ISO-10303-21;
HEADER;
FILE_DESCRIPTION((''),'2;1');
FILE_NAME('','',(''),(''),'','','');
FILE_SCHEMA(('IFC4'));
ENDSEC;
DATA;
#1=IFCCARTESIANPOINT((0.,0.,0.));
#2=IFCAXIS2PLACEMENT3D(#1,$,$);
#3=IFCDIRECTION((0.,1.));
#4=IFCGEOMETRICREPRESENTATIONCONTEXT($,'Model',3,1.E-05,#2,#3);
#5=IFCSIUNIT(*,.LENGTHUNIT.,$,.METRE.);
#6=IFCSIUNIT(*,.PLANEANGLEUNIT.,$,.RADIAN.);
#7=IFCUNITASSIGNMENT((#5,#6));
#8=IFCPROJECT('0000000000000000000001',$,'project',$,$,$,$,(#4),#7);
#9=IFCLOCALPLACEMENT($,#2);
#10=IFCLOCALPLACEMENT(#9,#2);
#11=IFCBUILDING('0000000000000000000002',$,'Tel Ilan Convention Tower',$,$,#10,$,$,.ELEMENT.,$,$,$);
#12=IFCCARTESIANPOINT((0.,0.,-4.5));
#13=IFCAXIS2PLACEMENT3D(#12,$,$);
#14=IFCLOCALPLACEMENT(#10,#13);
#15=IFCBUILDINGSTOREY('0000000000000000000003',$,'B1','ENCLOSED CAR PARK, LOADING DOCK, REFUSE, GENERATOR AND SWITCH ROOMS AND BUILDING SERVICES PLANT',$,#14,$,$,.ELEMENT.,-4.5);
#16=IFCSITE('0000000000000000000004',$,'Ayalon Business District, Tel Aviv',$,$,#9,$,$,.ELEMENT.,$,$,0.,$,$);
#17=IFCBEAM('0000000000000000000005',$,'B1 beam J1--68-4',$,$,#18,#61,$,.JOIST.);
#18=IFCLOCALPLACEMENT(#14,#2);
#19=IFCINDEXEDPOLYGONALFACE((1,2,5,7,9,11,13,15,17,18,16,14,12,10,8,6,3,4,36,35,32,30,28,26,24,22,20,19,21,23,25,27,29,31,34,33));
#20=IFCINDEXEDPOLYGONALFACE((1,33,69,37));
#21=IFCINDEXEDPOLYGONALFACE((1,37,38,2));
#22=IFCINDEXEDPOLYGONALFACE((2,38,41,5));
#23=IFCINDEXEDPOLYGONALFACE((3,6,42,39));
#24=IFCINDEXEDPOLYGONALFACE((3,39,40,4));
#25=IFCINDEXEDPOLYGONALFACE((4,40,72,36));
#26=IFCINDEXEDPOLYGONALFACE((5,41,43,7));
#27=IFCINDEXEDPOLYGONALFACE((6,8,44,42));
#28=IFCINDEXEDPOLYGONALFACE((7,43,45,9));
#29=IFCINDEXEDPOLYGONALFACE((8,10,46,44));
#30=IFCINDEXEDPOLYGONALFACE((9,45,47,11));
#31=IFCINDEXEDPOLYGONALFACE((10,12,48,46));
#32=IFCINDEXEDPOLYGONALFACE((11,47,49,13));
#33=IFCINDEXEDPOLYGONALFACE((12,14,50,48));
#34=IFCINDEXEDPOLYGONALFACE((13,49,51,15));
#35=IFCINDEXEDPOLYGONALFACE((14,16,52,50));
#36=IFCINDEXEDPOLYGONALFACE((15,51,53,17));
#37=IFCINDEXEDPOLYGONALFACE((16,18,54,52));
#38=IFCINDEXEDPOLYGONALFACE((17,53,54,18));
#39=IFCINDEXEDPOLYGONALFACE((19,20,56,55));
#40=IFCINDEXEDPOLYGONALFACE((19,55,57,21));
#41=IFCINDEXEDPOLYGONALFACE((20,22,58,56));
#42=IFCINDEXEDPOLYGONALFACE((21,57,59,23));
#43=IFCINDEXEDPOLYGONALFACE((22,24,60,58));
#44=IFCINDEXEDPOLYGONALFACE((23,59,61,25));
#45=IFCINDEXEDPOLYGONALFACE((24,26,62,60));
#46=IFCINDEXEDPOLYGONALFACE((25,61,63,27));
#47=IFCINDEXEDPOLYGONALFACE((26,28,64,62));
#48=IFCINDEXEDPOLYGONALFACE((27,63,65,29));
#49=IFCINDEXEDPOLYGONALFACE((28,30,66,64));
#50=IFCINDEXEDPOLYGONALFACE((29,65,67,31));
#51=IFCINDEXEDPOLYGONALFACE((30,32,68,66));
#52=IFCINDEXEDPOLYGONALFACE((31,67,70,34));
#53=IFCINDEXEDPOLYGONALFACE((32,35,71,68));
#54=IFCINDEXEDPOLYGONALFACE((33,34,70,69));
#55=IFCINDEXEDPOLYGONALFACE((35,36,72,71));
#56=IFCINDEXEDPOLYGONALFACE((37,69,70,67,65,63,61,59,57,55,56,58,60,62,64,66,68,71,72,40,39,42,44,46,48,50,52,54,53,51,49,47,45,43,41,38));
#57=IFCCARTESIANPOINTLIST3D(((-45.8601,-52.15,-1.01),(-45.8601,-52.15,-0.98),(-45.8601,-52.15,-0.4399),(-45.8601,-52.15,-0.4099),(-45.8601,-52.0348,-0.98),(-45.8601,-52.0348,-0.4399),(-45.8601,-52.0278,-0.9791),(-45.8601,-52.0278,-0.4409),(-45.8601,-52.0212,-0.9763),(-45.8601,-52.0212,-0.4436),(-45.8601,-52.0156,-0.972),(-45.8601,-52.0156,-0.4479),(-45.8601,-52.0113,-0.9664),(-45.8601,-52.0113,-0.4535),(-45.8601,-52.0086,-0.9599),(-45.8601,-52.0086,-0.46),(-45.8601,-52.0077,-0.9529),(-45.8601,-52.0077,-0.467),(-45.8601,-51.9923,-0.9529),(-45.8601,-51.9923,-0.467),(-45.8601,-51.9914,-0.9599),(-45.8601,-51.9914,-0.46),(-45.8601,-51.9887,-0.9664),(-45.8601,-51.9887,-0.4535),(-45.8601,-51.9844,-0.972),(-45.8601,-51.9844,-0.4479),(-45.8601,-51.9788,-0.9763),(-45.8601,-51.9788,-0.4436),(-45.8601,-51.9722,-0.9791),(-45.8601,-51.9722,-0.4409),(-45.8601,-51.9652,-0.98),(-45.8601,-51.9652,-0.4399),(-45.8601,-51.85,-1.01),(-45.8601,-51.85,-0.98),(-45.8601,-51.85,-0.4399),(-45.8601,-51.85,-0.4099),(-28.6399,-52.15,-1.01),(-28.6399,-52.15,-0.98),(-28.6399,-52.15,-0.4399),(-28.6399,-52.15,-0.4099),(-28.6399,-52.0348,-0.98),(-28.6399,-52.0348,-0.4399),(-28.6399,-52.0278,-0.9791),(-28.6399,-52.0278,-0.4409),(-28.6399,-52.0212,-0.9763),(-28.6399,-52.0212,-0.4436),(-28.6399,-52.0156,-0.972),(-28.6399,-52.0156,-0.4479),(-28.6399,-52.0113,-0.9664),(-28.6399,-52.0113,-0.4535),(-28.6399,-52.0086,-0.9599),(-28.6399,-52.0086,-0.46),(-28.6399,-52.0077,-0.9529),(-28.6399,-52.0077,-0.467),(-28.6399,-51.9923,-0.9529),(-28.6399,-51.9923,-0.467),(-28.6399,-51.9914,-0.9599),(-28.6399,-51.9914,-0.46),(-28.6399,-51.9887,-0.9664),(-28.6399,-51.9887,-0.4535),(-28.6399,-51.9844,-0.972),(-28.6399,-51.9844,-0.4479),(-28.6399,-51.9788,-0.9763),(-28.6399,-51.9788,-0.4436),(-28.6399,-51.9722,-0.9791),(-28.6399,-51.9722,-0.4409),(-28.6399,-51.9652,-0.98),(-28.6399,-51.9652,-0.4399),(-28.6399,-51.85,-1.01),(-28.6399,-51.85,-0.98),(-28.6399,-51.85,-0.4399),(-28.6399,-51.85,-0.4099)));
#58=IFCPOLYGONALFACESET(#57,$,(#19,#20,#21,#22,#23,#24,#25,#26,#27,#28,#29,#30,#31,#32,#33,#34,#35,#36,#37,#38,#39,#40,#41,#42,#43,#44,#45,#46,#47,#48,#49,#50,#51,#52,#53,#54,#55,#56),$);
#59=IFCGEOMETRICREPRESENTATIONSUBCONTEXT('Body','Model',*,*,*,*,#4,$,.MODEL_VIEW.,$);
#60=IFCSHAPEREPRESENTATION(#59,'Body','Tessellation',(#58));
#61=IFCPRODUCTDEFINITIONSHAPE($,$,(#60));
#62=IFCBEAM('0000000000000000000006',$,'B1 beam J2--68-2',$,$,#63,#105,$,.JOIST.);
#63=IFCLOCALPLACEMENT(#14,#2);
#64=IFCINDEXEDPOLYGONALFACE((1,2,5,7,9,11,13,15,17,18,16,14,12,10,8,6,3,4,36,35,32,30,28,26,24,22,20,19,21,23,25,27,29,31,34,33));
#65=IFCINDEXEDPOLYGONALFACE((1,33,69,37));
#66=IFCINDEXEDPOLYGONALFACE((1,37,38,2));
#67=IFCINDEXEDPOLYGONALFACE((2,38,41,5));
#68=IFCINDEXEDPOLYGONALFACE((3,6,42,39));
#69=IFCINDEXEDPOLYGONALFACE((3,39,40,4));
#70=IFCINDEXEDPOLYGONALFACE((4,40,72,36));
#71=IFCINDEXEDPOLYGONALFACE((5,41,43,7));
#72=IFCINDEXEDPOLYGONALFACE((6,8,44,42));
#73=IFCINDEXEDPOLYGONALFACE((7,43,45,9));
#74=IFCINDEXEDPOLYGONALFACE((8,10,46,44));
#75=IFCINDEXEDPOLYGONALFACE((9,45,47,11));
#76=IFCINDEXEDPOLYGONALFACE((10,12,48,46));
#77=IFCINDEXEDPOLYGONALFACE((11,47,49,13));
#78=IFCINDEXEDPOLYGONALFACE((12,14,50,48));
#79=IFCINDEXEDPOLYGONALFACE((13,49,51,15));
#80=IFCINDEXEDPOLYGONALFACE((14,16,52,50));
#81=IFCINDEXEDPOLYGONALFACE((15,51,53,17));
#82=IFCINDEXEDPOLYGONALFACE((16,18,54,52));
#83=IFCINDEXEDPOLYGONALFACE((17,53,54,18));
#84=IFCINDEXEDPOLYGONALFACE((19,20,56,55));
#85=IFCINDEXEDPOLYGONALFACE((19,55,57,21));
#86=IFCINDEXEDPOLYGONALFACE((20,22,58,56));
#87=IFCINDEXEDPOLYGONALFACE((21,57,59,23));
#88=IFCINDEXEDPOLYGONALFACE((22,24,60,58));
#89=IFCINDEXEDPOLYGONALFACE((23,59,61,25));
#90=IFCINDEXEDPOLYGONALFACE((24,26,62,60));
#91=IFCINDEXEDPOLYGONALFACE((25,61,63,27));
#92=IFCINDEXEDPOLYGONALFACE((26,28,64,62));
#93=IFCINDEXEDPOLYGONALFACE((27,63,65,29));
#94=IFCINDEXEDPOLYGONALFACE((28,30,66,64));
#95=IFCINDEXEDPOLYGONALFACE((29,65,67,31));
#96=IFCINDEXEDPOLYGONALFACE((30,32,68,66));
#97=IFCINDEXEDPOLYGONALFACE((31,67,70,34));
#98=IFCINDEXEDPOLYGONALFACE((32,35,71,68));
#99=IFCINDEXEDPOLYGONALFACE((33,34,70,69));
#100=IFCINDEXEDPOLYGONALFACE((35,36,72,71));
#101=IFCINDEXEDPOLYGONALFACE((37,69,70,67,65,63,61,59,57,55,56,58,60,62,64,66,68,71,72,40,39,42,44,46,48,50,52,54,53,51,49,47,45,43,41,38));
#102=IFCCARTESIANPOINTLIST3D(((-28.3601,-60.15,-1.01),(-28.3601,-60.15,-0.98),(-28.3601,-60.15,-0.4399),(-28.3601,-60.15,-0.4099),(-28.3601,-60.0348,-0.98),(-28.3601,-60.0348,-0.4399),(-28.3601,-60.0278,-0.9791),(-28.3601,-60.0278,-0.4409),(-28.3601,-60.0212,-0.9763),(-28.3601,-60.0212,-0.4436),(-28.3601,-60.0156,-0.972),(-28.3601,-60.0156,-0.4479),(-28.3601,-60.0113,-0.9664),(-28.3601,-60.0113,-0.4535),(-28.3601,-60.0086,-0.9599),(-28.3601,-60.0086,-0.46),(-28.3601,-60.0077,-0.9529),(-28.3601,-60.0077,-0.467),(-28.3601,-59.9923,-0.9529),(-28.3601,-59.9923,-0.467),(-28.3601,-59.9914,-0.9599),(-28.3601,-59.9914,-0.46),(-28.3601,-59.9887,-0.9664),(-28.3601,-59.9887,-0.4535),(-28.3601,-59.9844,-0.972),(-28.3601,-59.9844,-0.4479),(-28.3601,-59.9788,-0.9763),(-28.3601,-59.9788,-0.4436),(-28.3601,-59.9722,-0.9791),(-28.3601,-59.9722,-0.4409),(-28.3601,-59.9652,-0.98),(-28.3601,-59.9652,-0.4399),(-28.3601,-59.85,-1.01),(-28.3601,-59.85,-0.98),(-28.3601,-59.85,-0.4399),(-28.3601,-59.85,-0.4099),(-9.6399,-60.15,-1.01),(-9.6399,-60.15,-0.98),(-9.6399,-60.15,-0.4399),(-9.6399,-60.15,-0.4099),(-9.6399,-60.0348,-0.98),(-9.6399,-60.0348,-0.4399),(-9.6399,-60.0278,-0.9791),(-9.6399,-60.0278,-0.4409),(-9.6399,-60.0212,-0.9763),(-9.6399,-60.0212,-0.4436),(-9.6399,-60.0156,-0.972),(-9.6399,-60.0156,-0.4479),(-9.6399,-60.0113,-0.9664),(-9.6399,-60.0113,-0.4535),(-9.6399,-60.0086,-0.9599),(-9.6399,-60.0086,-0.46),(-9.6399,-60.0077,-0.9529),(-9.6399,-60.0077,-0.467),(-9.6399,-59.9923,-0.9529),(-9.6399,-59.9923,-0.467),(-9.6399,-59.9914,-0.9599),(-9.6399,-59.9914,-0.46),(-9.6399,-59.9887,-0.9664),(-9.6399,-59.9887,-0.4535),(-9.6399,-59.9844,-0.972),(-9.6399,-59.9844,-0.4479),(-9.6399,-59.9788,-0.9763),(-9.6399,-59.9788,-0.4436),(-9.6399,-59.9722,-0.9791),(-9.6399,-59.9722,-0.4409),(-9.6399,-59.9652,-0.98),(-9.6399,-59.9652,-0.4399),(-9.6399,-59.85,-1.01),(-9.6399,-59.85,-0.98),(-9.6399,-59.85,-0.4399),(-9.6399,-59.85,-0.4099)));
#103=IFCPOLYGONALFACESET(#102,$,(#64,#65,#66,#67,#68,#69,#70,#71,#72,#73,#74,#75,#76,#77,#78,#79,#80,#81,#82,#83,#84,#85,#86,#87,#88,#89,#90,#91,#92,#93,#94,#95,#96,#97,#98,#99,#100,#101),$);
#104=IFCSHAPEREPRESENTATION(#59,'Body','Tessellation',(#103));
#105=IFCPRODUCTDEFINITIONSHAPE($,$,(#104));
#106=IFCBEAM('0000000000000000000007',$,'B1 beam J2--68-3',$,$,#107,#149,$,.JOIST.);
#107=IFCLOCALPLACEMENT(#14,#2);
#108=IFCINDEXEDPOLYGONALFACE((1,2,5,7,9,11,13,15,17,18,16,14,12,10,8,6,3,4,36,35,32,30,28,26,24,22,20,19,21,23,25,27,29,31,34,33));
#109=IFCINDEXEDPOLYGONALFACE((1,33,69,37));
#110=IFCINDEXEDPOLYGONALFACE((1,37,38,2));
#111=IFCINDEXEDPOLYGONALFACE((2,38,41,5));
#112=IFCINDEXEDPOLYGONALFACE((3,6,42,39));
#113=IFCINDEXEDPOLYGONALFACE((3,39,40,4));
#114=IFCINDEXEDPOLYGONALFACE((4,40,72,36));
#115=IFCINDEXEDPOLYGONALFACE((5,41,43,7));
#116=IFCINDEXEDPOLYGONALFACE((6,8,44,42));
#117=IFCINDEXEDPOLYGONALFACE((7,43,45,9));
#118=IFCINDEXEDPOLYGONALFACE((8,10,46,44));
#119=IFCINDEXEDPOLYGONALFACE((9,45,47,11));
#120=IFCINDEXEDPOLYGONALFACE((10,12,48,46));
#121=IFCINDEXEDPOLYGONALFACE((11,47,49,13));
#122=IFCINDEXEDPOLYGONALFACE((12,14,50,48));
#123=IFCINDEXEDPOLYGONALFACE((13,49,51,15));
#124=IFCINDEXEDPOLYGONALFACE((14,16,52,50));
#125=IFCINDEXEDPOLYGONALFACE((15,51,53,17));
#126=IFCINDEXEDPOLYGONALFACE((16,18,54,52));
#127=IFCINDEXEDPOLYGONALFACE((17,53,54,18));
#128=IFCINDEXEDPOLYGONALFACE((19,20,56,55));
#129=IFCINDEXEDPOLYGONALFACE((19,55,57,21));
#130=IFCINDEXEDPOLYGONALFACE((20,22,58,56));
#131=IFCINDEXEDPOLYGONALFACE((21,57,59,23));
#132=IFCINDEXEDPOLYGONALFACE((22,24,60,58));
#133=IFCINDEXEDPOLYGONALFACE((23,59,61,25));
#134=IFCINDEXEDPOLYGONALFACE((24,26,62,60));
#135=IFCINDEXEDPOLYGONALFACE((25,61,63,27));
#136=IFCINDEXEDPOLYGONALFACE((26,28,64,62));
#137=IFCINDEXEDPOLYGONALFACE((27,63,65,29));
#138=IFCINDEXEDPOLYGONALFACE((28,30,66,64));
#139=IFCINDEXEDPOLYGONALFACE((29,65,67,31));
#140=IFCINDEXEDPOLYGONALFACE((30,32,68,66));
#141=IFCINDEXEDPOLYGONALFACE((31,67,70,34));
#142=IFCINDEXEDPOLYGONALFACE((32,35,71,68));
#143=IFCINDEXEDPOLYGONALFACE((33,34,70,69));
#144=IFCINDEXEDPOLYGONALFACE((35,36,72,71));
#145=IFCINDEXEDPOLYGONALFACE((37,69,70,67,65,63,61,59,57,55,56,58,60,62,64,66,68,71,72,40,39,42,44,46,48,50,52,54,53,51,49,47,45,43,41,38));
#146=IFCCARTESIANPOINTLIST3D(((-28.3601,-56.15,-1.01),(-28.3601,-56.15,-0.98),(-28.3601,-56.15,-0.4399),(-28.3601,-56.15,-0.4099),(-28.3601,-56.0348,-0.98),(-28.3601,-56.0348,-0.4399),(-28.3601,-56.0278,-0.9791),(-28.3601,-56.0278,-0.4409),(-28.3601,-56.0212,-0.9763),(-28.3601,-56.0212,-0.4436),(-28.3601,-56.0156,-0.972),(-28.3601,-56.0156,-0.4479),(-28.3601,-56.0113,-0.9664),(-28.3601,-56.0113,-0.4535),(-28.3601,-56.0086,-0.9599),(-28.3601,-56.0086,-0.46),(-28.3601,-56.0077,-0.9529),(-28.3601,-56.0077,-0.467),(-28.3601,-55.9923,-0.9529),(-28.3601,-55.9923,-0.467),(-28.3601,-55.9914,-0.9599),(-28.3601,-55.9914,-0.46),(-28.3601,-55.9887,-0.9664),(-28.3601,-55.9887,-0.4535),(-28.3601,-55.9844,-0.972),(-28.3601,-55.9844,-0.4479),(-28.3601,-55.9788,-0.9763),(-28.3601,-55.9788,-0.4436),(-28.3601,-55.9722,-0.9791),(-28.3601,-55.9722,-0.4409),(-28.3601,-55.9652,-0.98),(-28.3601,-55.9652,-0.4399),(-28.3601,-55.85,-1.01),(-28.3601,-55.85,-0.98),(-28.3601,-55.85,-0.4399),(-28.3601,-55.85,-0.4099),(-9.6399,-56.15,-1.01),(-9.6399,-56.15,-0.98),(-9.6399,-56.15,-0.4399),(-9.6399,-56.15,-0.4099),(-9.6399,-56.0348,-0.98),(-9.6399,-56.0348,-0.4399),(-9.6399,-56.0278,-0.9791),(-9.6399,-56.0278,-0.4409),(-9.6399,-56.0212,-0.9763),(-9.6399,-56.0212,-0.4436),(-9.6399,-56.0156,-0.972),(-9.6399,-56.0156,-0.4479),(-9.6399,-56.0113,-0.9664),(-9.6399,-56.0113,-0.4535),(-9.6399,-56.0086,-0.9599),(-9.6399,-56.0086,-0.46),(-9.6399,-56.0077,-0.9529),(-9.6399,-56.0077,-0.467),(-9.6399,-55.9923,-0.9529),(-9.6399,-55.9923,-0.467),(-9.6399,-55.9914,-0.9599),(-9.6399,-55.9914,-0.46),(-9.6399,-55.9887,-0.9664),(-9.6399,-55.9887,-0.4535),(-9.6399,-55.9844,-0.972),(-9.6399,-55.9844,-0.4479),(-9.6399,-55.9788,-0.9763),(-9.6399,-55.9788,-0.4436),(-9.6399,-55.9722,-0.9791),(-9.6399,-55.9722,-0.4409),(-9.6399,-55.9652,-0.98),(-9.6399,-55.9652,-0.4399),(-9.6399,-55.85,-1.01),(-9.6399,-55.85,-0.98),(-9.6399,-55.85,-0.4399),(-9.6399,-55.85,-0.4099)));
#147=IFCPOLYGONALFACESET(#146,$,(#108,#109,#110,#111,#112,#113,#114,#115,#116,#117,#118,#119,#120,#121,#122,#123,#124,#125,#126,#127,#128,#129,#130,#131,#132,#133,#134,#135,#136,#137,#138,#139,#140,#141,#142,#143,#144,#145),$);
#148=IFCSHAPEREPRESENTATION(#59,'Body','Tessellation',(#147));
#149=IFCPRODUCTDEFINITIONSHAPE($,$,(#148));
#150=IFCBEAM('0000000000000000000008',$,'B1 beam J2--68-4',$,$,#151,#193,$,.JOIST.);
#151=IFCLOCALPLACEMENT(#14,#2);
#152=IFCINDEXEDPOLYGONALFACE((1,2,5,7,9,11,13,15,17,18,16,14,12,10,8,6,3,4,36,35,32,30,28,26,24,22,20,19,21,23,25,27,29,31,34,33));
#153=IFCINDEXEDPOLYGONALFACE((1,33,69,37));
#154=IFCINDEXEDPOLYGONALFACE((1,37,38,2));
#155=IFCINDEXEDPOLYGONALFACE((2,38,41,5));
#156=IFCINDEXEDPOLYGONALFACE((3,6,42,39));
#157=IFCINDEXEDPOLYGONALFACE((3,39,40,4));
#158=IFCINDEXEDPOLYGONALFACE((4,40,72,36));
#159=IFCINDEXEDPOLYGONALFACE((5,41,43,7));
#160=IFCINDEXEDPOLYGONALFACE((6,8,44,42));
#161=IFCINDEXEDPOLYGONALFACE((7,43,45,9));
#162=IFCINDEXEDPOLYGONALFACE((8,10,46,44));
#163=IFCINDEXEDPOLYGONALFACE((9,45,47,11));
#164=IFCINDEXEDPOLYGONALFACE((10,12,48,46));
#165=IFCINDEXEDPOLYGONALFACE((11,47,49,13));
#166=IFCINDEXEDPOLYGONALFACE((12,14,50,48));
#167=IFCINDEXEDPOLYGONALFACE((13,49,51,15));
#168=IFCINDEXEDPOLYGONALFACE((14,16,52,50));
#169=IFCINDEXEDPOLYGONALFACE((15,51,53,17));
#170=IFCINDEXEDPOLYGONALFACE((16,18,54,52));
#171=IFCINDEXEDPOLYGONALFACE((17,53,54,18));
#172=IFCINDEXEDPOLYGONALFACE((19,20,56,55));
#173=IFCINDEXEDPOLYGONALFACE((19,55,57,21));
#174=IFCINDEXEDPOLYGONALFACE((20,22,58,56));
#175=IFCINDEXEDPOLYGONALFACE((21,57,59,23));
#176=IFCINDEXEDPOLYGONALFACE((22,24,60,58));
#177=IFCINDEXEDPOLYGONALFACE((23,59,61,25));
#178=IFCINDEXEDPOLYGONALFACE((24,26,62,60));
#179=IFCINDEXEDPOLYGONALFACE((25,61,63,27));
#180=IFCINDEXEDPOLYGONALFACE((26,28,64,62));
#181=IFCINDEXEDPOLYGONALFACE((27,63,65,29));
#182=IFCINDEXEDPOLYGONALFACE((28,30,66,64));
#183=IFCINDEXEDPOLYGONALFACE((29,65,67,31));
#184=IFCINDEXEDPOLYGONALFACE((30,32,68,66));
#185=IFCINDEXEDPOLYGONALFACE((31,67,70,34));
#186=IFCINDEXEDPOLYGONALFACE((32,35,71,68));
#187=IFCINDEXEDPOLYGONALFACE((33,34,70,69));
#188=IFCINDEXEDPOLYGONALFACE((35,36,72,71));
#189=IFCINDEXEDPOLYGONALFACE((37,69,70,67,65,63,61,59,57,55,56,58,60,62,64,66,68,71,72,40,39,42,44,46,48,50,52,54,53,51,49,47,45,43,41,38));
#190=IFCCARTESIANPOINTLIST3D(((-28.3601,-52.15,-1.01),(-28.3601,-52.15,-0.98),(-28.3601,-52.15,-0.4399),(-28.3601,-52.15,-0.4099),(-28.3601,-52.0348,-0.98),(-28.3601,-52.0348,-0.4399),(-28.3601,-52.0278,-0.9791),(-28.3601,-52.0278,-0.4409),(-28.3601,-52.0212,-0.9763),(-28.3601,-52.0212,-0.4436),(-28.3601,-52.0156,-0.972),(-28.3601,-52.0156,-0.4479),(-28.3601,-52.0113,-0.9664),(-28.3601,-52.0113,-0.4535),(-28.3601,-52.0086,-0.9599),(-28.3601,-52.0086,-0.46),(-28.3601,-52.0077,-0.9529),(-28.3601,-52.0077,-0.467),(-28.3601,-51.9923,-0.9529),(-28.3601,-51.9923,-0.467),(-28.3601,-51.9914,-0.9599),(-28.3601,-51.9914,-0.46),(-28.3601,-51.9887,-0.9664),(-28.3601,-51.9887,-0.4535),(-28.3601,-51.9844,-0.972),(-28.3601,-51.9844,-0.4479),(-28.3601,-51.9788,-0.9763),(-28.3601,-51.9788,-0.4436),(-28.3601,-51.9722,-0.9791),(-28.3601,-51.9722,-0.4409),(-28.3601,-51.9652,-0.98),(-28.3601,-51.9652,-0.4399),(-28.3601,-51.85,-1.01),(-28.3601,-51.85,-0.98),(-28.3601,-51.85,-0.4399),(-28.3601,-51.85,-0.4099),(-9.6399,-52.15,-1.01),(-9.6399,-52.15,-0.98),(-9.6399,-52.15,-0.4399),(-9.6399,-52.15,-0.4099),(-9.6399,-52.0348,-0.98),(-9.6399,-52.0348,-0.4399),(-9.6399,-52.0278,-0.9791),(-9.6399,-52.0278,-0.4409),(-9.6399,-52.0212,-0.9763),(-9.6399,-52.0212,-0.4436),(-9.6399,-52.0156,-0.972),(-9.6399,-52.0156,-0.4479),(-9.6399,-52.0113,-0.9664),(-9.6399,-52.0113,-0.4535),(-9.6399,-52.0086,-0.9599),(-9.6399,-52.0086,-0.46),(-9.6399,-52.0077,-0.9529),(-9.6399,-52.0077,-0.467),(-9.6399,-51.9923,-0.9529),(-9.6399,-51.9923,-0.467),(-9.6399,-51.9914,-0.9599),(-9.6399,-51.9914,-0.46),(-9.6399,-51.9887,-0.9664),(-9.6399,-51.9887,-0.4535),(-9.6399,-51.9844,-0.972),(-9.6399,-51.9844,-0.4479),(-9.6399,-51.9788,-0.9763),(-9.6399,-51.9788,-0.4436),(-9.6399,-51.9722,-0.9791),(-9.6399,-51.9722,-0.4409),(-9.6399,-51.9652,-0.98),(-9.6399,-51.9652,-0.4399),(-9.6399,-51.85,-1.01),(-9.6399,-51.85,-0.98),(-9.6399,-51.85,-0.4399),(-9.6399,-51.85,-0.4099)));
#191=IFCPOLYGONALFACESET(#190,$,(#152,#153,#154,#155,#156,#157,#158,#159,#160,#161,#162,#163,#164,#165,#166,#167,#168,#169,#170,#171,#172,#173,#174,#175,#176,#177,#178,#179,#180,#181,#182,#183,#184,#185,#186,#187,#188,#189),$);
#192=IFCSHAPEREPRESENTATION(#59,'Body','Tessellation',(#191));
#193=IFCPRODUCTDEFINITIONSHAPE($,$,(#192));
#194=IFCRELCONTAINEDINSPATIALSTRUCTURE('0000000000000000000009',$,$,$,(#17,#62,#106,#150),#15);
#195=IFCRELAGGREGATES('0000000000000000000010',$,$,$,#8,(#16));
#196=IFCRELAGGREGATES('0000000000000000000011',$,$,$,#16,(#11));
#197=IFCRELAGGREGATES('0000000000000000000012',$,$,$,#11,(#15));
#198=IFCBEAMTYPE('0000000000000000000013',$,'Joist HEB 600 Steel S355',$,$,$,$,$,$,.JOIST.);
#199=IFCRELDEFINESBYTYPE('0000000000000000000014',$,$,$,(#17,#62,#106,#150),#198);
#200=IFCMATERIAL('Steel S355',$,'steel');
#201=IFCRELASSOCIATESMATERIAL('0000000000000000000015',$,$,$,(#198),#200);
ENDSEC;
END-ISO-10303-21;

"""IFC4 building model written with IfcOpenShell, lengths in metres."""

from ifc_helpers import new_model, si_unit, direction, frame, origin, origin_2d, place, context, subcontext, project, spatial, i_section, extrude, material, material_profile, profile_set, type_object, element, save


model = new_model("IFC4")

# Units and contexts
model_context = context("Model", 3, precision=1e-05, world=origin(), true_north=direction((0.0, 1.0)))
body_context = subcontext(model_context, "Body", "Model", "MODEL_VIEW")
ifc_project = project(units=[si_unit("LENGTHUNIT", "METRE"), si_unit("PLANEANGLEUNIT", "RADIAN")], contexts=[model_context])

# Site, building, storey
site_placement = place(None, origin())
site = spatial("IfcSite", under=ifc_project, at=site_placement, Name="Ayalon Business District, Tel Aviv", CompositionType="ELEMENT", RefElevation=0.0)
building_placement = place(site_placement, origin())
building = spatial("IfcBuilding", under=site, at=building_placement, Name="Tel Ilan Convention Tower", CompositionType="ELEMENT")
storey_placement = place(building_placement, frame((0.0, 0.0, -4.5)))
storey = spatial("IfcBuildingStorey", under=building, at=storey_placement, Name="B1", Description="ENCLOSED CAR PARK, LOADING DOCK, REFUSE, GENERATOR AND SWITCH ROOMS AND BUILDING SERVICES PLANT", CompositionType="ELEMENT", Elevation=-4.5)

# Beams
ifc_material_1 = material(Name="Steel S355", Category="steel")
ifc_material_profile_1 = material_profile(ifc_material_1, i_section(OverallWidth=0.3, OverallDepth=0.6001, WebThickness=0.0154, FlangeThickness=0.03, FilletRadius=0.0271, at=origin_2d()), Name="HEB 600")
ifc_profile_set_1 = profile_set([ifc_material_profile_1], Name="Steel S355")
beam_type_1 = type_object("IfcBeamType", Name="Joist HEB 600 Steel S355", PredefinedType="JOIST", material=ifc_profile_set_1)
for number, where, z_axis, x_axis, name in (
    (1, (-45.8601, -52.0, -0.71), (1.0, 0.0, 0.0), (0.0, 1.0, 0.0), "B1 beam J1--68-4"),
):
    element("IfcBeam", number, at=place(storey_placement, frame(where, z_axis=z_axis, x_axis=x_axis)), inside=storey, type_object=beam_type_1, Name=name, PredefinedType="JOIST", context=body_context, shape_type="SweptSolid", body=[
        extrude(i_section(OverallWidth=0.3, OverallDepth=0.6001, WebThickness=0.0154, FlangeThickness=0.03, FilletRadius=0.0271, at=origin_2d()), origin(), (0.0, 0.0, 1.0), 17.2202),
    ])
for number, where, z_axis, x_axis, name in (
    (2, (-28.3601, -60.0, -0.71), (1.0, 0.0, 0.0), (0.0, 1.0, 0.0), "B1 beam J2--68-2"),
    (3, (-28.3601, -56.0, -0.71), (1.0, 0.0, 0.0), (0.0, 1.0, 0.0), "B1 beam J2--68-3"),
    (4, (-28.3601, -52.0, -0.71), (1.0, 0.0, 0.0), (0.0, 1.0, 0.0), "B1 beam J2--68-4"),
):
    element("IfcBeam", number, at=place(storey_placement, frame(where, z_axis=z_axis, x_axis=x_axis)), inside=storey, type_object=beam_type_1, Name=name, PredefinedType="JOIST", context=body_context, shape_type="SweptSolid", body=[
        extrude(i_section(OverallWidth=0.3, OverallDepth=0.6001, WebThickness=0.0154, FlangeThickness=0.03, FilletRadius=0.0271, at=origin_2d()), origin(), (0.0, 0.0, 1.0), 18.7202),
    ])

save(model, "model.ifc")
